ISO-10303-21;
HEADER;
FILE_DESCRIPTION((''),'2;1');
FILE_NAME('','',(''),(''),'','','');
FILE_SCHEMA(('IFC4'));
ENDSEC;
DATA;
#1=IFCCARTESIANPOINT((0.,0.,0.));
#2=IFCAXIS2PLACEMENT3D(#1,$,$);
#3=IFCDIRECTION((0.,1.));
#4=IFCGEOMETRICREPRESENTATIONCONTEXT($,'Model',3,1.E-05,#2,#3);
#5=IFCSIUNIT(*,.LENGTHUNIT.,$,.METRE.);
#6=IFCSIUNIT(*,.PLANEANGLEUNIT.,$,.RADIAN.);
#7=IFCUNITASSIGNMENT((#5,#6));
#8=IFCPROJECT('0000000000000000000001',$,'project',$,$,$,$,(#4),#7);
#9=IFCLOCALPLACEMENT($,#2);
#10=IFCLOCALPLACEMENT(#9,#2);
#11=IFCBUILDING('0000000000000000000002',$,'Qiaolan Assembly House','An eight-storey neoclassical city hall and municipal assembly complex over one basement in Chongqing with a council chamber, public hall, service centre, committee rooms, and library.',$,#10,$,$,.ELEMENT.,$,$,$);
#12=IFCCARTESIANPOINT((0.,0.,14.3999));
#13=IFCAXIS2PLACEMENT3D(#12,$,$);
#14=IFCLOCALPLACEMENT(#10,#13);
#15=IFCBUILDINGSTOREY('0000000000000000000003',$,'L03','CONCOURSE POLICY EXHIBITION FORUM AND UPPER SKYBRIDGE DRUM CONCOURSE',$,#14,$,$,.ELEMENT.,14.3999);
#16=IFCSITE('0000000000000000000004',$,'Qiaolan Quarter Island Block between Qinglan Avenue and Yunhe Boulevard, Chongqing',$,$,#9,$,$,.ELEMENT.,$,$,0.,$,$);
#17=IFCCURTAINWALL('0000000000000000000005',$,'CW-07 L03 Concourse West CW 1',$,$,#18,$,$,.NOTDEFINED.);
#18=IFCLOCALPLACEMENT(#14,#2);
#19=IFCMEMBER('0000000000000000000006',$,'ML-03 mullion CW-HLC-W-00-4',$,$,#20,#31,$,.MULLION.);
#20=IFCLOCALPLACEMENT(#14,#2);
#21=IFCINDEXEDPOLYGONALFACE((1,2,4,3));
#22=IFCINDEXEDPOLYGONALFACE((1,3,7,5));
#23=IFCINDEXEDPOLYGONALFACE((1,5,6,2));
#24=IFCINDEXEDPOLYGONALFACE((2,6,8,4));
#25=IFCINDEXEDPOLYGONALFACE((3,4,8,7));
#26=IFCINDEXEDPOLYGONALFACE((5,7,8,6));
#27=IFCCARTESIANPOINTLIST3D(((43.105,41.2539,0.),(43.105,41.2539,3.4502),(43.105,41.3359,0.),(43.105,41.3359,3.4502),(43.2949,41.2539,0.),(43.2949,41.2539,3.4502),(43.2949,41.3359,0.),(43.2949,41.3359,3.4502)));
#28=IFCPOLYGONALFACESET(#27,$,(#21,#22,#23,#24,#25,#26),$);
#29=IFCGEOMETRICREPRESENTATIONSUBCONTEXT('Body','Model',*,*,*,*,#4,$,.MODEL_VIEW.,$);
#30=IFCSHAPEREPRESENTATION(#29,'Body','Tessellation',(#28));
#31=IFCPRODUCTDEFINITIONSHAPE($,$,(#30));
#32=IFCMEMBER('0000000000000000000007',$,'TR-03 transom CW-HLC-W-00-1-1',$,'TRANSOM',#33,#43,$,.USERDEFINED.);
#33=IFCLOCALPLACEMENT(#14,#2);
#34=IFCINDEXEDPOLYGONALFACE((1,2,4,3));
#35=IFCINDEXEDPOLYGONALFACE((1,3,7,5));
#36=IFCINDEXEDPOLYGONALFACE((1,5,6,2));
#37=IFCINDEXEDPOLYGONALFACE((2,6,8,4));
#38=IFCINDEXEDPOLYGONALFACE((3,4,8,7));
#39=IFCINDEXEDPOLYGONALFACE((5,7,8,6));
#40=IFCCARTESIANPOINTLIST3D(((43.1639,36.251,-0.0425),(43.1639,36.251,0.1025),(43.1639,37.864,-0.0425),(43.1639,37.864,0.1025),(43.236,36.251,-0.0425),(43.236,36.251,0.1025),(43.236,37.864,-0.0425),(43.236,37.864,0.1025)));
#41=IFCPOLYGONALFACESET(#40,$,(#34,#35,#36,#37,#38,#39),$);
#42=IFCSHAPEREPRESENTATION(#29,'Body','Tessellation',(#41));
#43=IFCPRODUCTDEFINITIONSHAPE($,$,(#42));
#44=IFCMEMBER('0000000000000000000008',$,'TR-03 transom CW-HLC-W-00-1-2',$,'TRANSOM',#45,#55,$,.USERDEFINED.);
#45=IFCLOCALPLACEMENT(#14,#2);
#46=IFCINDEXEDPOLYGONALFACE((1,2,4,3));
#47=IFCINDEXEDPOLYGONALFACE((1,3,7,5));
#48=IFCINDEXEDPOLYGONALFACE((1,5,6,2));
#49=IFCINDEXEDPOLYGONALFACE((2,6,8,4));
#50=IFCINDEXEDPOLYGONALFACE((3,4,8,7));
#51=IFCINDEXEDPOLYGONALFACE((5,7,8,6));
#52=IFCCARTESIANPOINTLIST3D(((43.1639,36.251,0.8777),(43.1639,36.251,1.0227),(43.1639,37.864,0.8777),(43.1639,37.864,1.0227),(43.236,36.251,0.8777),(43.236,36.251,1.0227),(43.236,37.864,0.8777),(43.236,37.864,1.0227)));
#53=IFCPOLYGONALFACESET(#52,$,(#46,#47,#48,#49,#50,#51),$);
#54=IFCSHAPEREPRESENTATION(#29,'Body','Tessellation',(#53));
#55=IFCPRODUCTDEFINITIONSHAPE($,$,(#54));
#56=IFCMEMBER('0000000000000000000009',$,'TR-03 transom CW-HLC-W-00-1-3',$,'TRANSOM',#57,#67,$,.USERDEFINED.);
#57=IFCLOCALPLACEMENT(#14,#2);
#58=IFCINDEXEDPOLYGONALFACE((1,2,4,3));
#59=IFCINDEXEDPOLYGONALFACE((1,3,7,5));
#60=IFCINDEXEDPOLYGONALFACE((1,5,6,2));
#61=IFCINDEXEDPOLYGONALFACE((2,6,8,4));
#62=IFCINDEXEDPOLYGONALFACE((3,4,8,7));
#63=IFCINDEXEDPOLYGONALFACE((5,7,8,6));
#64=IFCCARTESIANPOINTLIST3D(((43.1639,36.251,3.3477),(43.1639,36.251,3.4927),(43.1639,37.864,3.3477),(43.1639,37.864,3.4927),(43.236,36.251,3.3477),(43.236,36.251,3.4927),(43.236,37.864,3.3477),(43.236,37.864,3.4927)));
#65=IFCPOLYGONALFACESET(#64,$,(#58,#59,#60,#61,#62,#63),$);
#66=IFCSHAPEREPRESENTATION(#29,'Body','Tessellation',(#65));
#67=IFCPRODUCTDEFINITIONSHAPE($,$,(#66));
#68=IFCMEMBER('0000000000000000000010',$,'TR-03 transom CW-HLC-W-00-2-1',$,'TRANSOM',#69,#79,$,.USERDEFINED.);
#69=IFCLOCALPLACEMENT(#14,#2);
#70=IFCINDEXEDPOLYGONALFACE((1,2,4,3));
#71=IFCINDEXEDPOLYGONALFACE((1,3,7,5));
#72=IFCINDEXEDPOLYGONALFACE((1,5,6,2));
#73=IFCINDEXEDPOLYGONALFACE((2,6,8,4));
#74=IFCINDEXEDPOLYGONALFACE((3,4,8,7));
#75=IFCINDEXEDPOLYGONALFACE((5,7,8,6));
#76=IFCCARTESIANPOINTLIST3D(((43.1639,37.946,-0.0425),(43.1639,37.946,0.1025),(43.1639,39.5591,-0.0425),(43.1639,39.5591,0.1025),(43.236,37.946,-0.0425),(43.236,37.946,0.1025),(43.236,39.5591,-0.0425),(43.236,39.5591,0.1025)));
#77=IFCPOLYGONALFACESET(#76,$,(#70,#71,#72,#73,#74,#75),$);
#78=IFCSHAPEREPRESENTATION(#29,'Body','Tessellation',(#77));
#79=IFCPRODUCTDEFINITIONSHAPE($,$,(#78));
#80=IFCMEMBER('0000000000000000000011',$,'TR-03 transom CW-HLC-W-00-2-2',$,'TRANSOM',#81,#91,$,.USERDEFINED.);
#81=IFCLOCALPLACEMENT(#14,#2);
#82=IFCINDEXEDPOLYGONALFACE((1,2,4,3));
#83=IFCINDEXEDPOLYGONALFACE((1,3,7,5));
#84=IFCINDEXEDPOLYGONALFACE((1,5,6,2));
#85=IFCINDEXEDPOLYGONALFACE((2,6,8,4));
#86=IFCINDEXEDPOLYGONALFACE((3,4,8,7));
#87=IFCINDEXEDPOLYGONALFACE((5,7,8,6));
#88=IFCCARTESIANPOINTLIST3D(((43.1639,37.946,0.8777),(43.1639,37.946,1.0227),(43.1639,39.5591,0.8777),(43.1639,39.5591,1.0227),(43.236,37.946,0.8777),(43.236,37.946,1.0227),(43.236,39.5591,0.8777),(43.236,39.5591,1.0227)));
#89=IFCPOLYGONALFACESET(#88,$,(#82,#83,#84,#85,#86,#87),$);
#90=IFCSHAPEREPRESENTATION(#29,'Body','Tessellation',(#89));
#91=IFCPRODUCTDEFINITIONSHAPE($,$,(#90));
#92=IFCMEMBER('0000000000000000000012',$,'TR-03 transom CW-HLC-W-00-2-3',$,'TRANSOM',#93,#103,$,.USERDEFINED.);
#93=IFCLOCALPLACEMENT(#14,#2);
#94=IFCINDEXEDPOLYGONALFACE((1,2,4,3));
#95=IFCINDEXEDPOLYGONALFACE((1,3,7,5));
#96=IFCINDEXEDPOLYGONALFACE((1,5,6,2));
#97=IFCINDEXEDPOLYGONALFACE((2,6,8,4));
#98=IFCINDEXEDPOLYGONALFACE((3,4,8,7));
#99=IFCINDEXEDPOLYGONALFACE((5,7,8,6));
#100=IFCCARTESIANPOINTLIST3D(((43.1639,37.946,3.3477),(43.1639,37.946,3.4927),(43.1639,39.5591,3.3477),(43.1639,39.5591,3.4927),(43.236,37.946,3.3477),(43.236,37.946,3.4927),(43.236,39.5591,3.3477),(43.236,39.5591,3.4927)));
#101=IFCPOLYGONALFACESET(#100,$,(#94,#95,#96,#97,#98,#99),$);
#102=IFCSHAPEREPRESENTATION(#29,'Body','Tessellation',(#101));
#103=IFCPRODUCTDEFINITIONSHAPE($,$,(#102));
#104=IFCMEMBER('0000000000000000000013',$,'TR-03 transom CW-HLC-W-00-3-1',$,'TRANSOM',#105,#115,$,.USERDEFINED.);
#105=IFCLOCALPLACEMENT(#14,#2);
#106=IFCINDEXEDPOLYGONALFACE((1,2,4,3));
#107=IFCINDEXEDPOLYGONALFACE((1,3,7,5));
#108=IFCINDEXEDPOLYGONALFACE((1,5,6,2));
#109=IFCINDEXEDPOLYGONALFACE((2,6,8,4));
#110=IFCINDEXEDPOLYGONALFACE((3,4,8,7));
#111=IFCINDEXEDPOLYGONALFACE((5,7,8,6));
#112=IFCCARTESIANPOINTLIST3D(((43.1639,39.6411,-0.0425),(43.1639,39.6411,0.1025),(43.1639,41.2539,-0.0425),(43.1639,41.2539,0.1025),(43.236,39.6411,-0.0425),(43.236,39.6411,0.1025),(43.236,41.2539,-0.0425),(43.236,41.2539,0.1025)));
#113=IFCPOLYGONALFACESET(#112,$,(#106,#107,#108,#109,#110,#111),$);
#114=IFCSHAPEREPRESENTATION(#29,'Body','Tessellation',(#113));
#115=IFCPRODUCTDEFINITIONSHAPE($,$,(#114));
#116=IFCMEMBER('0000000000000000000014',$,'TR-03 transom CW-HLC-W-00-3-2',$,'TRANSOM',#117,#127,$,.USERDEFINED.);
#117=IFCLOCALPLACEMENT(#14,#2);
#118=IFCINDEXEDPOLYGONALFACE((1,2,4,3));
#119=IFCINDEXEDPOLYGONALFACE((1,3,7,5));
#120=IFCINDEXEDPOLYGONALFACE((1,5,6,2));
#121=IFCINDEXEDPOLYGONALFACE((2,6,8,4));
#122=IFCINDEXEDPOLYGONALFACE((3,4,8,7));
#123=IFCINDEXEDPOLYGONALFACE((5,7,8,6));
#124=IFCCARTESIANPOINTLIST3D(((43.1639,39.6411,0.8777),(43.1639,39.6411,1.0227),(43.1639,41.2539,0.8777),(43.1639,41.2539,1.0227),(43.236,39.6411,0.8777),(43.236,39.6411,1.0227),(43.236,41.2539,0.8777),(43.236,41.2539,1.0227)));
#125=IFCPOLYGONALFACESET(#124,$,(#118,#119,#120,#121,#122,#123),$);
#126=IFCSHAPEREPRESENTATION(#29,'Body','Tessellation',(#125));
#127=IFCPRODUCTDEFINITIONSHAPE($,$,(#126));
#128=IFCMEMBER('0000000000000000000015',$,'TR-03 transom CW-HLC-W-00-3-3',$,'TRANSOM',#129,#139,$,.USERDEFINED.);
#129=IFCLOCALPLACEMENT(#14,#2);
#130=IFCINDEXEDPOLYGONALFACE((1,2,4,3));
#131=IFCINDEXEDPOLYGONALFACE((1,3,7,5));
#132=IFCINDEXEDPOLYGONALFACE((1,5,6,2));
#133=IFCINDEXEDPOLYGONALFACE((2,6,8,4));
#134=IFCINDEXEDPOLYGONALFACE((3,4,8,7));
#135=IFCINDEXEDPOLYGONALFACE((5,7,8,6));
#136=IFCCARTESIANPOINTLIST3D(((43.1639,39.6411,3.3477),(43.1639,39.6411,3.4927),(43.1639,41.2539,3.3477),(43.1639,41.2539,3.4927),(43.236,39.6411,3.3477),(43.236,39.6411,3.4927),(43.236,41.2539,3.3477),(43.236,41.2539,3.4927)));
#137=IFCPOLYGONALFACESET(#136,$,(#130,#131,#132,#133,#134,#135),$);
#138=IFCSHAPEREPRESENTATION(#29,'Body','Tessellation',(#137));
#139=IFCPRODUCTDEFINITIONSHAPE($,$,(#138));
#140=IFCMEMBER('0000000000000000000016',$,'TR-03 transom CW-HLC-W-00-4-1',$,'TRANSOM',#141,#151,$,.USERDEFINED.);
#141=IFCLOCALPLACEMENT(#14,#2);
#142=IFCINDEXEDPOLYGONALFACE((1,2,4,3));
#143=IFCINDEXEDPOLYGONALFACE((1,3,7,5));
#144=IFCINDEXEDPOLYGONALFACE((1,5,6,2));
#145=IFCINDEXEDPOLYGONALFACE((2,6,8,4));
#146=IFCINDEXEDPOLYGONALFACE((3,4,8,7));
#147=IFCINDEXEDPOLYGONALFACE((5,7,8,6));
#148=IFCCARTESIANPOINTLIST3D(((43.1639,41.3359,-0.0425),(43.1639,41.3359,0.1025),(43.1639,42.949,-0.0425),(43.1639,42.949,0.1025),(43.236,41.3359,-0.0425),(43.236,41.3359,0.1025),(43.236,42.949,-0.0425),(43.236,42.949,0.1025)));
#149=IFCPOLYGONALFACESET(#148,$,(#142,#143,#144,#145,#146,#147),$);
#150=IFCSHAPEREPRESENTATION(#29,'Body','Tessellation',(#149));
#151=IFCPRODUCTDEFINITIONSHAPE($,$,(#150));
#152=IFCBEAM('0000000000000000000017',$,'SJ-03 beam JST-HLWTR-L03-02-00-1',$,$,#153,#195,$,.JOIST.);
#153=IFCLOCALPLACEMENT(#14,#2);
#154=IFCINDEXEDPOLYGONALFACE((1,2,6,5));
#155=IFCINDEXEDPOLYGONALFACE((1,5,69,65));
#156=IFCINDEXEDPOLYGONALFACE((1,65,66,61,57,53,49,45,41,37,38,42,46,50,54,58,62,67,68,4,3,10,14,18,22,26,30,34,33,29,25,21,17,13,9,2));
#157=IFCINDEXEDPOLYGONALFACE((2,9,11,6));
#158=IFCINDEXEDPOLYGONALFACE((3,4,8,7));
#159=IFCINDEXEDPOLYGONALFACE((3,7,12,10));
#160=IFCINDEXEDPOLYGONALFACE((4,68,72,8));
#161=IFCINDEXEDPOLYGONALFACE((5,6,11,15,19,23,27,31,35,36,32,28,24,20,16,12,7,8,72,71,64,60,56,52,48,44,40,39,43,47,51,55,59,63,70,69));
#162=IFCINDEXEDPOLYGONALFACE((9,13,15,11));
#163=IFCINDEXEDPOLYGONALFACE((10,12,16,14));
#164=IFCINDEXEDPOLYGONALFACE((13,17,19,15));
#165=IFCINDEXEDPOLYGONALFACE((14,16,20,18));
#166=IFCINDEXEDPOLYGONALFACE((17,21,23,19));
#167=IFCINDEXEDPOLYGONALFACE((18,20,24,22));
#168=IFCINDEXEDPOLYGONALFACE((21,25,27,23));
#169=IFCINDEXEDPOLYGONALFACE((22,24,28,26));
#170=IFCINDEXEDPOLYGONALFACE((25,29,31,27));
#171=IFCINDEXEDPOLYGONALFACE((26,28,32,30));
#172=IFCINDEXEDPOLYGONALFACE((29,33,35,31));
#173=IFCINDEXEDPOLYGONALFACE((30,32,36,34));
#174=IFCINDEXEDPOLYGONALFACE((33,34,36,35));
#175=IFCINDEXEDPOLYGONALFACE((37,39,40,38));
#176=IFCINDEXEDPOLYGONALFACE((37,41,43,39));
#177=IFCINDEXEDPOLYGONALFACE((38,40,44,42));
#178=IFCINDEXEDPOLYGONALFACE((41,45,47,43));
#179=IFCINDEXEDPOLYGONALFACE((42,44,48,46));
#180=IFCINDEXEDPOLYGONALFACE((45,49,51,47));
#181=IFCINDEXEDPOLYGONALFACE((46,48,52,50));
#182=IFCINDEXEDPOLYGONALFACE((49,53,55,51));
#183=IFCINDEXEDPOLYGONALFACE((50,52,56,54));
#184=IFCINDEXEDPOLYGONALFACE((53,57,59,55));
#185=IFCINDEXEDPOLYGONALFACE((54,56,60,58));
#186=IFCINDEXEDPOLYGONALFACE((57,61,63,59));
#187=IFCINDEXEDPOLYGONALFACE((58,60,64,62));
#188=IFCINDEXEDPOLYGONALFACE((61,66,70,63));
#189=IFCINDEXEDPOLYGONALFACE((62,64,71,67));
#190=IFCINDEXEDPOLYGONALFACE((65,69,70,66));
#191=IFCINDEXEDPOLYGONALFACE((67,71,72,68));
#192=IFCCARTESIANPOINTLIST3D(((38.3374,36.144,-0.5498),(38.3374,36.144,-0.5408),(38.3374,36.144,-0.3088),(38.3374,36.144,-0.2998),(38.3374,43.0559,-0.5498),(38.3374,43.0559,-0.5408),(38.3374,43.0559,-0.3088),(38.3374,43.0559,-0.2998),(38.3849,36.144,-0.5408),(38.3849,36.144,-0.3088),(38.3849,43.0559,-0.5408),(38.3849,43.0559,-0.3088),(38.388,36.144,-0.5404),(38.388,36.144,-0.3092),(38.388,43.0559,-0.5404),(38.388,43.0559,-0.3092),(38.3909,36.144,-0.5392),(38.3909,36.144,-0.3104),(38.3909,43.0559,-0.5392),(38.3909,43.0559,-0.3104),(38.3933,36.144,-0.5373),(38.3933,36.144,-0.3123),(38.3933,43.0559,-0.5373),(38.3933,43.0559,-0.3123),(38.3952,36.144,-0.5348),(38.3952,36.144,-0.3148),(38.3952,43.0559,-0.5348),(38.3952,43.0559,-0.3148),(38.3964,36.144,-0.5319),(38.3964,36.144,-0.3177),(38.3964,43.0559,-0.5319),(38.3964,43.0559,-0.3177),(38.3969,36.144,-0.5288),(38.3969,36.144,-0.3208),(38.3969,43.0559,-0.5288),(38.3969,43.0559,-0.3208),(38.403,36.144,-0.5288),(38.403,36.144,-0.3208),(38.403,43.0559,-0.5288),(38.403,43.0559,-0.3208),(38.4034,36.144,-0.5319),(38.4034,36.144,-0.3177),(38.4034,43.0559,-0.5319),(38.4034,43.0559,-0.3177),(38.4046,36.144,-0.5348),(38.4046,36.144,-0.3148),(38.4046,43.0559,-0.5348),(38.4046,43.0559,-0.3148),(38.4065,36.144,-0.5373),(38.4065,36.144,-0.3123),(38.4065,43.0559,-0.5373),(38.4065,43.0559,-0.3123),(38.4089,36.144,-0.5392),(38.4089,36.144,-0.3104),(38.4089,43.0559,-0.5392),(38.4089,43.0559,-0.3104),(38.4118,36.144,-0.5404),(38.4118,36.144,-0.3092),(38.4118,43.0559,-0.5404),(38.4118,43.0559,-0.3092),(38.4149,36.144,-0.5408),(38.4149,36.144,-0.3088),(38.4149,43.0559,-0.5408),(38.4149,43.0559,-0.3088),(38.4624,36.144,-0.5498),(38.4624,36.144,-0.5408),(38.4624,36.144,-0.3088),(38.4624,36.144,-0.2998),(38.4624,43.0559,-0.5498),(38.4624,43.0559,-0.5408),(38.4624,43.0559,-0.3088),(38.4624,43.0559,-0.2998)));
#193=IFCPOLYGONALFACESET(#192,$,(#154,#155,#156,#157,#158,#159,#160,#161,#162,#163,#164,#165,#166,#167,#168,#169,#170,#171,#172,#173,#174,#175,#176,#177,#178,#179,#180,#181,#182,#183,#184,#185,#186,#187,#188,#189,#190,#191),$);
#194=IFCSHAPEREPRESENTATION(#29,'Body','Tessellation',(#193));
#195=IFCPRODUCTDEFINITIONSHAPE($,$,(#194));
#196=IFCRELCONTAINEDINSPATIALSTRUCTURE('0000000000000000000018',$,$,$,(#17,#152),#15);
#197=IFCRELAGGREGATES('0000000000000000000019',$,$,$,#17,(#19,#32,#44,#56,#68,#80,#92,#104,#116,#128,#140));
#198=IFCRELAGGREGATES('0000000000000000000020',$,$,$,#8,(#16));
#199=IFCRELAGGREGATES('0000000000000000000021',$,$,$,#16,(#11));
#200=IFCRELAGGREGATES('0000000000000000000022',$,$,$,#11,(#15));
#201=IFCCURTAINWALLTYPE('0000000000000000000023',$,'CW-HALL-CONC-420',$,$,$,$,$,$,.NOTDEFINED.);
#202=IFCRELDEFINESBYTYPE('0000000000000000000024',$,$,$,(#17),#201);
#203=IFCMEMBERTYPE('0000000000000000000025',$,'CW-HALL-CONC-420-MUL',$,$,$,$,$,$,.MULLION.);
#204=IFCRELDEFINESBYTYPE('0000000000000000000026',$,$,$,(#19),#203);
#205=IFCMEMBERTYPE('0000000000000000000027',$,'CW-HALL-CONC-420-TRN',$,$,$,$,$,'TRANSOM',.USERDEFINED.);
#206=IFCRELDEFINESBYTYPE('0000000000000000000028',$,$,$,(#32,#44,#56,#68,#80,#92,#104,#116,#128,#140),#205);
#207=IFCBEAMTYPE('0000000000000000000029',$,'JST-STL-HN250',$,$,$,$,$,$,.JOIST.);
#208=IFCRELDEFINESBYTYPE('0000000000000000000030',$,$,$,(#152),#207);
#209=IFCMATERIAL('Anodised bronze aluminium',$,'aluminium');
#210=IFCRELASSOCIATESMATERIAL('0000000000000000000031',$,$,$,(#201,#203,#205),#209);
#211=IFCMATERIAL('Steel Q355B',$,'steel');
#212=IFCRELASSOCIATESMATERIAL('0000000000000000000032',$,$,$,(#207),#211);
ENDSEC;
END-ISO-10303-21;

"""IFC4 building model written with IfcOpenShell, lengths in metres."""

from ifc_helpers import new_model, si_unit, direction, frame, origin, origin_2d, place, context, subcontext, project, spatial, rectangle, i_section, extrude, material, material_profile, profile_set, type_object, element, aggregate, save


model = new_model("IFC4")

# Units and contexts
model_context = context("Model", 3, precision=1e-05, world=origin(), true_north=direction((0.0, 1.0)))
body_context = subcontext(model_context, "Body", "Model", "MODEL_VIEW")
ifc_project = project(units=[si_unit("LENGTHUNIT", "METRE"), si_unit("PLANEANGLEUNIT", "RADIAN")], contexts=[model_context])

# Site, building, storey
site_placement = place(None, origin())
site = spatial("IfcSite", under=ifc_project, at=site_placement, Name="Qiaolan Quarter Island Block between Qinglan Avenue and Yunhe Boulevard, Chongqing", CompositionType="ELEMENT", RefElevation=0.0)
building_placement = place(site_placement, origin())
building = spatial("IfcBuilding", under=site, at=building_placement, Name="Qiaolan Assembly House", Description="An eight-storey neoclassical city hall and municipal assembly complex over one basement in Chongqing with a council chamber, public hall, service centre, committee rooms, and library.", CompositionType="ELEMENT")
storey_placement = place(building_placement, frame((0.0, 0.0, 14.3999)))
storey = spatial("IfcBuildingStorey", under=building, at=storey_placement, Name="L03", Description="CONCOURSE POLICY EXHIBITION FORUM AND UPPER SKYBRIDGE DRUM CONCOURSE", CompositionType="ELEMENT", Elevation=14.3999)

# Shared definitions
ifc_material_1 = material(Name="Steel Q355B", Category="steel")

# Curtain wall, members
ifc_material_2 = material(Name="Anodised bronze aluminium", Category="aluminium")
curtain_wall_type = type_object("IfcCurtainWallType", Name="CW-HALL-CONC-420", PredefinedType="NOTDEFINED", material=ifc_material_2)
curtain_wall_placement = place(storey_placement, origin())
curtain_wall = element("IfcCurtainWall", 1, at=curtain_wall_placement, inside=storey, type_object=curtain_wall_type, Name="CW-07 L03 Concourse West CW 1", PredefinedType="NOTDEFINED")
ifc_material_profile_1 = material_profile(ifc_material_2, rectangle(XDim=0.082, YDim=0.1899, at=origin_2d()), Name="MUL 82x190")
ifc_profile_set_1 = profile_set([ifc_material_profile_1], Name="Anodised bronze aluminium")
member_type_1 = type_object("IfcMemberType", Name="CW-HALL-CONC-420-MUL", PredefinedType="MULLION", material=ifc_profile_set_1)
member_1_placement = place(storey_placement, frame((43.2, 41.2949, 0.0), z_axis=(0.0, 0.0, 1.0), x_axis=(0.0, 1.0, 0.0)))
member_1 = element("IfcMember", 2, at=member_1_placement, type_object=member_type_1, Name="ML-03 mullion CW-HLC-W-00-4", PredefinedType="MULLION", context=body_context, shape_type="SweptSolid", body=[
    extrude(rectangle(XDim=0.082, YDim=0.1899, at=origin_2d()), origin(), (0.0, 0.0, 1.0), 3.4502),
])
ifc_material_profile_2 = material_profile(ifc_material_2, rectangle(XDim=0.072, YDim=0.145, at=origin_2d()), Name="TRN 72x145")
ifc_profile_set_2 = profile_set([ifc_material_profile_2], Name="Anodised bronze aluminium")
member_type_2 = type_object("IfcMemberType", Name="CW-HALL-CONC-420-TRN", ElementType="TRANSOM", PredefinedType="USERDEFINED", material=ifc_profile_set_2)
member_2_placement = place(storey_placement, frame((43.2, 36.251, 0.03), z_axis=(0.0, 1.0, 0.0), x_axis=(-1.0, 0.0, 0.0)))
member_2 = element("IfcMember", 3, at=member_2_placement, type_object=member_type_2, Name="TR-03 transom CW-HLC-W-00-1-1", ObjectType="TRANSOM", PredefinedType="USERDEFINED", context=body_context, shape_type="SweptSolid", body=[
    extrude(rectangle(XDim=0.072, YDim=0.145, at=origin_2d()), origin(), (0.0, 0.0, 1.0), 1.613),
])
member_3_placement = place(storey_placement, frame((43.2, 36.251, 0.9502), z_axis=(0.0, 1.0, 0.0), x_axis=(-1.0, 0.0, 0.0)))
member_3 = element("IfcMember", 4, at=member_3_placement, type_object=member_type_2, Name="TR-03 transom CW-HLC-W-00-1-2", ObjectType="TRANSOM", PredefinedType="USERDEFINED", context=body_context, shape_type="SweptSolid", body=[
    extrude(rectangle(XDim=0.072, YDim=0.145, at=origin_2d()), origin(), (0.0, 0.0, 1.0), 1.613),
])
member_4_placement = place(storey_placement, frame((43.2, 36.251, 3.4202), z_axis=(0.0, 1.0, 0.0), x_axis=(-1.0, 0.0, 0.0)))
member_4 = element("IfcMember", 5, at=member_4_placement, type_object=member_type_2, Name="TR-03 transom CW-HLC-W-00-1-3", ObjectType="TRANSOM", PredefinedType="USERDEFINED", context=body_context, shape_type="SweptSolid", body=[
    extrude(rectangle(XDim=0.072, YDim=0.145, at=origin_2d()), origin(), (0.0, 0.0, 1.0), 1.613),
])
member_5_placement = place(storey_placement, frame((43.2, 37.946, 0.03), z_axis=(0.0, 1.0, 0.0), x_axis=(-1.0, 0.0, 0.0)))
member_5 = element("IfcMember", 6, at=member_5_placement, type_object=member_type_2, Name="TR-03 transom CW-HLC-W-00-2-1", ObjectType="TRANSOM", PredefinedType="USERDEFINED", context=body_context, shape_type="SweptSolid", body=[
    extrude(rectangle(XDim=0.072, YDim=0.145, at=origin_2d()), origin(), (0.0, 0.0, 1.0), 1.613),
])
member_6_placement = place(storey_placement, frame((43.2, 37.946, 0.9502), z_axis=(0.0, 1.0, 0.0), x_axis=(-1.0, 0.0, 0.0)))
member_6 = element("IfcMember", 7, at=member_6_placement, type_object=member_type_2, Name="TR-03 transom CW-HLC-W-00-2-2", ObjectType="TRANSOM", PredefinedType="USERDEFINED", context=body_context, shape_type="SweptSolid", body=[
    extrude(rectangle(XDim=0.072, YDim=0.145, at=origin_2d()), origin(), (0.0, 0.0, 1.0), 1.613),
])
member_7_placement = place(storey_placement, frame((43.2, 37.946, 3.4202), z_axis=(0.0, 1.0, 0.0), x_axis=(-1.0, 0.0, 0.0)))
member_7 = element("IfcMember", 8, at=member_7_placement, type_object=member_type_2, Name="TR-03 transom CW-HLC-W-00-2-3", ObjectType="TRANSOM", PredefinedType="USERDEFINED", context=body_context, shape_type="SweptSolid", body=[
    extrude(rectangle(XDim=0.072, YDim=0.145, at=origin_2d()), origin(), (0.0, 0.0, 1.0), 1.613),
])
member_8_placement = place(storey_placement, frame((43.2, 39.6411, 0.03), z_axis=(0.0, 1.0, 0.0), x_axis=(-1.0, 0.0, 0.0)))
member_8 = element("IfcMember", 9, at=member_8_placement, type_object=member_type_2, Name="TR-03 transom CW-HLC-W-00-3-1", ObjectType="TRANSOM", PredefinedType="USERDEFINED", context=body_context, shape_type="SweptSolid", body=[
    extrude(rectangle(XDim=0.072, YDim=0.145, at=origin_2d()), origin(), (0.0, 0.0, 1.0), 1.6128),
])
member_9_placement = place(storey_placement, frame((43.2, 39.6411, 0.9502), z_axis=(0.0, 1.0, 0.0), x_axis=(-1.0, 0.0, 0.0)))
member_9 = element("IfcMember", 10, at=member_9_placement, type_object=member_type_2, Name="TR-03 transom CW-HLC-W-00-3-2", ObjectType="TRANSOM", PredefinedType="USERDEFINED", context=body_context, shape_type="SweptSolid", body=[
    extrude(rectangle(XDim=0.072, YDim=0.145, at=origin_2d()), origin(), (0.0, 0.0, 1.0), 1.6128),
])
member_10_placement = place(storey_placement, frame((43.2, 39.6411, 3.4202), z_axis=(0.0, 1.0, 0.0), x_axis=(-1.0, 0.0, 0.0)))
member_10 = element("IfcMember", 11, at=member_10_placement, type_object=member_type_2, Name="TR-03 transom CW-HLC-W-00-3-3", ObjectType="TRANSOM", PredefinedType="USERDEFINED", context=body_context, shape_type="SweptSolid", body=[
    extrude(rectangle(XDim=0.072, YDim=0.145, at=origin_2d()), origin(), (0.0, 0.0, 1.0), 1.6128),
])
member_11_placement = place(storey_placement, frame((43.2, 41.3359, 0.03), z_axis=(0.0, 1.0, 0.0), x_axis=(-1.0, 0.0, 0.0)))
member_11 = element("IfcMember", 12, at=member_11_placement, type_object=member_type_2, Name="TR-03 transom CW-HLC-W-00-4-1", ObjectType="TRANSOM", PredefinedType="USERDEFINED", context=body_context, shape_type="SweptSolid", body=[
    extrude(rectangle(XDim=0.072, YDim=0.145, at=origin_2d()), origin(), (0.0, 0.0, 1.0), 1.613),
])

# Beam
ifc_material_profile_3 = material_profile(ifc_material_1, i_section(OverallWidth=0.125, OverallDepth=0.25, WebThickness=0.0061, FlangeThickness=0.009, FilletRadius=0.012, at=origin_2d()), Name="HN 250x125x6x9")
ifc_profile_set_3 = profile_set([ifc_material_profile_3], Name="Steel Q355B")
beam_type_1 = type_object("IfcBeamType", Name="JST-STL-HN250", PredefinedType="JOIST", material=ifc_profile_set_3)
for number, where, z_axis, x_axis, name in (
    (13, (38.3999, 36.144, -0.4248), (0.0, 1.0, 0.0), (-1.0, 0.0, 0.0), "SJ-03 beam JST-HLWTR-L03-02-00-1"),
):
    element("IfcBeam", number, at=place(storey_placement, frame(where, z_axis=z_axis, x_axis=x_axis)), inside=storey, type_object=beam_type_1, Name=name, PredefinedType="JOIST", context=body_context, shape_type="SweptSolid", body=[
        extrude(i_section(OverallWidth=0.125, OverallDepth=0.25, WebThickness=0.0061, FlangeThickness=0.009, FilletRadius=0.012, at=origin_2d()), origin(), (0.0, 0.0, 1.0), 6.9119),
    ])

aggregate(curtain_wall, [member_1, member_2, member_3, member_4, member_5, member_6, member_7, member_8, member_9, member_10, member_11])

save(model, "model.ifc")
